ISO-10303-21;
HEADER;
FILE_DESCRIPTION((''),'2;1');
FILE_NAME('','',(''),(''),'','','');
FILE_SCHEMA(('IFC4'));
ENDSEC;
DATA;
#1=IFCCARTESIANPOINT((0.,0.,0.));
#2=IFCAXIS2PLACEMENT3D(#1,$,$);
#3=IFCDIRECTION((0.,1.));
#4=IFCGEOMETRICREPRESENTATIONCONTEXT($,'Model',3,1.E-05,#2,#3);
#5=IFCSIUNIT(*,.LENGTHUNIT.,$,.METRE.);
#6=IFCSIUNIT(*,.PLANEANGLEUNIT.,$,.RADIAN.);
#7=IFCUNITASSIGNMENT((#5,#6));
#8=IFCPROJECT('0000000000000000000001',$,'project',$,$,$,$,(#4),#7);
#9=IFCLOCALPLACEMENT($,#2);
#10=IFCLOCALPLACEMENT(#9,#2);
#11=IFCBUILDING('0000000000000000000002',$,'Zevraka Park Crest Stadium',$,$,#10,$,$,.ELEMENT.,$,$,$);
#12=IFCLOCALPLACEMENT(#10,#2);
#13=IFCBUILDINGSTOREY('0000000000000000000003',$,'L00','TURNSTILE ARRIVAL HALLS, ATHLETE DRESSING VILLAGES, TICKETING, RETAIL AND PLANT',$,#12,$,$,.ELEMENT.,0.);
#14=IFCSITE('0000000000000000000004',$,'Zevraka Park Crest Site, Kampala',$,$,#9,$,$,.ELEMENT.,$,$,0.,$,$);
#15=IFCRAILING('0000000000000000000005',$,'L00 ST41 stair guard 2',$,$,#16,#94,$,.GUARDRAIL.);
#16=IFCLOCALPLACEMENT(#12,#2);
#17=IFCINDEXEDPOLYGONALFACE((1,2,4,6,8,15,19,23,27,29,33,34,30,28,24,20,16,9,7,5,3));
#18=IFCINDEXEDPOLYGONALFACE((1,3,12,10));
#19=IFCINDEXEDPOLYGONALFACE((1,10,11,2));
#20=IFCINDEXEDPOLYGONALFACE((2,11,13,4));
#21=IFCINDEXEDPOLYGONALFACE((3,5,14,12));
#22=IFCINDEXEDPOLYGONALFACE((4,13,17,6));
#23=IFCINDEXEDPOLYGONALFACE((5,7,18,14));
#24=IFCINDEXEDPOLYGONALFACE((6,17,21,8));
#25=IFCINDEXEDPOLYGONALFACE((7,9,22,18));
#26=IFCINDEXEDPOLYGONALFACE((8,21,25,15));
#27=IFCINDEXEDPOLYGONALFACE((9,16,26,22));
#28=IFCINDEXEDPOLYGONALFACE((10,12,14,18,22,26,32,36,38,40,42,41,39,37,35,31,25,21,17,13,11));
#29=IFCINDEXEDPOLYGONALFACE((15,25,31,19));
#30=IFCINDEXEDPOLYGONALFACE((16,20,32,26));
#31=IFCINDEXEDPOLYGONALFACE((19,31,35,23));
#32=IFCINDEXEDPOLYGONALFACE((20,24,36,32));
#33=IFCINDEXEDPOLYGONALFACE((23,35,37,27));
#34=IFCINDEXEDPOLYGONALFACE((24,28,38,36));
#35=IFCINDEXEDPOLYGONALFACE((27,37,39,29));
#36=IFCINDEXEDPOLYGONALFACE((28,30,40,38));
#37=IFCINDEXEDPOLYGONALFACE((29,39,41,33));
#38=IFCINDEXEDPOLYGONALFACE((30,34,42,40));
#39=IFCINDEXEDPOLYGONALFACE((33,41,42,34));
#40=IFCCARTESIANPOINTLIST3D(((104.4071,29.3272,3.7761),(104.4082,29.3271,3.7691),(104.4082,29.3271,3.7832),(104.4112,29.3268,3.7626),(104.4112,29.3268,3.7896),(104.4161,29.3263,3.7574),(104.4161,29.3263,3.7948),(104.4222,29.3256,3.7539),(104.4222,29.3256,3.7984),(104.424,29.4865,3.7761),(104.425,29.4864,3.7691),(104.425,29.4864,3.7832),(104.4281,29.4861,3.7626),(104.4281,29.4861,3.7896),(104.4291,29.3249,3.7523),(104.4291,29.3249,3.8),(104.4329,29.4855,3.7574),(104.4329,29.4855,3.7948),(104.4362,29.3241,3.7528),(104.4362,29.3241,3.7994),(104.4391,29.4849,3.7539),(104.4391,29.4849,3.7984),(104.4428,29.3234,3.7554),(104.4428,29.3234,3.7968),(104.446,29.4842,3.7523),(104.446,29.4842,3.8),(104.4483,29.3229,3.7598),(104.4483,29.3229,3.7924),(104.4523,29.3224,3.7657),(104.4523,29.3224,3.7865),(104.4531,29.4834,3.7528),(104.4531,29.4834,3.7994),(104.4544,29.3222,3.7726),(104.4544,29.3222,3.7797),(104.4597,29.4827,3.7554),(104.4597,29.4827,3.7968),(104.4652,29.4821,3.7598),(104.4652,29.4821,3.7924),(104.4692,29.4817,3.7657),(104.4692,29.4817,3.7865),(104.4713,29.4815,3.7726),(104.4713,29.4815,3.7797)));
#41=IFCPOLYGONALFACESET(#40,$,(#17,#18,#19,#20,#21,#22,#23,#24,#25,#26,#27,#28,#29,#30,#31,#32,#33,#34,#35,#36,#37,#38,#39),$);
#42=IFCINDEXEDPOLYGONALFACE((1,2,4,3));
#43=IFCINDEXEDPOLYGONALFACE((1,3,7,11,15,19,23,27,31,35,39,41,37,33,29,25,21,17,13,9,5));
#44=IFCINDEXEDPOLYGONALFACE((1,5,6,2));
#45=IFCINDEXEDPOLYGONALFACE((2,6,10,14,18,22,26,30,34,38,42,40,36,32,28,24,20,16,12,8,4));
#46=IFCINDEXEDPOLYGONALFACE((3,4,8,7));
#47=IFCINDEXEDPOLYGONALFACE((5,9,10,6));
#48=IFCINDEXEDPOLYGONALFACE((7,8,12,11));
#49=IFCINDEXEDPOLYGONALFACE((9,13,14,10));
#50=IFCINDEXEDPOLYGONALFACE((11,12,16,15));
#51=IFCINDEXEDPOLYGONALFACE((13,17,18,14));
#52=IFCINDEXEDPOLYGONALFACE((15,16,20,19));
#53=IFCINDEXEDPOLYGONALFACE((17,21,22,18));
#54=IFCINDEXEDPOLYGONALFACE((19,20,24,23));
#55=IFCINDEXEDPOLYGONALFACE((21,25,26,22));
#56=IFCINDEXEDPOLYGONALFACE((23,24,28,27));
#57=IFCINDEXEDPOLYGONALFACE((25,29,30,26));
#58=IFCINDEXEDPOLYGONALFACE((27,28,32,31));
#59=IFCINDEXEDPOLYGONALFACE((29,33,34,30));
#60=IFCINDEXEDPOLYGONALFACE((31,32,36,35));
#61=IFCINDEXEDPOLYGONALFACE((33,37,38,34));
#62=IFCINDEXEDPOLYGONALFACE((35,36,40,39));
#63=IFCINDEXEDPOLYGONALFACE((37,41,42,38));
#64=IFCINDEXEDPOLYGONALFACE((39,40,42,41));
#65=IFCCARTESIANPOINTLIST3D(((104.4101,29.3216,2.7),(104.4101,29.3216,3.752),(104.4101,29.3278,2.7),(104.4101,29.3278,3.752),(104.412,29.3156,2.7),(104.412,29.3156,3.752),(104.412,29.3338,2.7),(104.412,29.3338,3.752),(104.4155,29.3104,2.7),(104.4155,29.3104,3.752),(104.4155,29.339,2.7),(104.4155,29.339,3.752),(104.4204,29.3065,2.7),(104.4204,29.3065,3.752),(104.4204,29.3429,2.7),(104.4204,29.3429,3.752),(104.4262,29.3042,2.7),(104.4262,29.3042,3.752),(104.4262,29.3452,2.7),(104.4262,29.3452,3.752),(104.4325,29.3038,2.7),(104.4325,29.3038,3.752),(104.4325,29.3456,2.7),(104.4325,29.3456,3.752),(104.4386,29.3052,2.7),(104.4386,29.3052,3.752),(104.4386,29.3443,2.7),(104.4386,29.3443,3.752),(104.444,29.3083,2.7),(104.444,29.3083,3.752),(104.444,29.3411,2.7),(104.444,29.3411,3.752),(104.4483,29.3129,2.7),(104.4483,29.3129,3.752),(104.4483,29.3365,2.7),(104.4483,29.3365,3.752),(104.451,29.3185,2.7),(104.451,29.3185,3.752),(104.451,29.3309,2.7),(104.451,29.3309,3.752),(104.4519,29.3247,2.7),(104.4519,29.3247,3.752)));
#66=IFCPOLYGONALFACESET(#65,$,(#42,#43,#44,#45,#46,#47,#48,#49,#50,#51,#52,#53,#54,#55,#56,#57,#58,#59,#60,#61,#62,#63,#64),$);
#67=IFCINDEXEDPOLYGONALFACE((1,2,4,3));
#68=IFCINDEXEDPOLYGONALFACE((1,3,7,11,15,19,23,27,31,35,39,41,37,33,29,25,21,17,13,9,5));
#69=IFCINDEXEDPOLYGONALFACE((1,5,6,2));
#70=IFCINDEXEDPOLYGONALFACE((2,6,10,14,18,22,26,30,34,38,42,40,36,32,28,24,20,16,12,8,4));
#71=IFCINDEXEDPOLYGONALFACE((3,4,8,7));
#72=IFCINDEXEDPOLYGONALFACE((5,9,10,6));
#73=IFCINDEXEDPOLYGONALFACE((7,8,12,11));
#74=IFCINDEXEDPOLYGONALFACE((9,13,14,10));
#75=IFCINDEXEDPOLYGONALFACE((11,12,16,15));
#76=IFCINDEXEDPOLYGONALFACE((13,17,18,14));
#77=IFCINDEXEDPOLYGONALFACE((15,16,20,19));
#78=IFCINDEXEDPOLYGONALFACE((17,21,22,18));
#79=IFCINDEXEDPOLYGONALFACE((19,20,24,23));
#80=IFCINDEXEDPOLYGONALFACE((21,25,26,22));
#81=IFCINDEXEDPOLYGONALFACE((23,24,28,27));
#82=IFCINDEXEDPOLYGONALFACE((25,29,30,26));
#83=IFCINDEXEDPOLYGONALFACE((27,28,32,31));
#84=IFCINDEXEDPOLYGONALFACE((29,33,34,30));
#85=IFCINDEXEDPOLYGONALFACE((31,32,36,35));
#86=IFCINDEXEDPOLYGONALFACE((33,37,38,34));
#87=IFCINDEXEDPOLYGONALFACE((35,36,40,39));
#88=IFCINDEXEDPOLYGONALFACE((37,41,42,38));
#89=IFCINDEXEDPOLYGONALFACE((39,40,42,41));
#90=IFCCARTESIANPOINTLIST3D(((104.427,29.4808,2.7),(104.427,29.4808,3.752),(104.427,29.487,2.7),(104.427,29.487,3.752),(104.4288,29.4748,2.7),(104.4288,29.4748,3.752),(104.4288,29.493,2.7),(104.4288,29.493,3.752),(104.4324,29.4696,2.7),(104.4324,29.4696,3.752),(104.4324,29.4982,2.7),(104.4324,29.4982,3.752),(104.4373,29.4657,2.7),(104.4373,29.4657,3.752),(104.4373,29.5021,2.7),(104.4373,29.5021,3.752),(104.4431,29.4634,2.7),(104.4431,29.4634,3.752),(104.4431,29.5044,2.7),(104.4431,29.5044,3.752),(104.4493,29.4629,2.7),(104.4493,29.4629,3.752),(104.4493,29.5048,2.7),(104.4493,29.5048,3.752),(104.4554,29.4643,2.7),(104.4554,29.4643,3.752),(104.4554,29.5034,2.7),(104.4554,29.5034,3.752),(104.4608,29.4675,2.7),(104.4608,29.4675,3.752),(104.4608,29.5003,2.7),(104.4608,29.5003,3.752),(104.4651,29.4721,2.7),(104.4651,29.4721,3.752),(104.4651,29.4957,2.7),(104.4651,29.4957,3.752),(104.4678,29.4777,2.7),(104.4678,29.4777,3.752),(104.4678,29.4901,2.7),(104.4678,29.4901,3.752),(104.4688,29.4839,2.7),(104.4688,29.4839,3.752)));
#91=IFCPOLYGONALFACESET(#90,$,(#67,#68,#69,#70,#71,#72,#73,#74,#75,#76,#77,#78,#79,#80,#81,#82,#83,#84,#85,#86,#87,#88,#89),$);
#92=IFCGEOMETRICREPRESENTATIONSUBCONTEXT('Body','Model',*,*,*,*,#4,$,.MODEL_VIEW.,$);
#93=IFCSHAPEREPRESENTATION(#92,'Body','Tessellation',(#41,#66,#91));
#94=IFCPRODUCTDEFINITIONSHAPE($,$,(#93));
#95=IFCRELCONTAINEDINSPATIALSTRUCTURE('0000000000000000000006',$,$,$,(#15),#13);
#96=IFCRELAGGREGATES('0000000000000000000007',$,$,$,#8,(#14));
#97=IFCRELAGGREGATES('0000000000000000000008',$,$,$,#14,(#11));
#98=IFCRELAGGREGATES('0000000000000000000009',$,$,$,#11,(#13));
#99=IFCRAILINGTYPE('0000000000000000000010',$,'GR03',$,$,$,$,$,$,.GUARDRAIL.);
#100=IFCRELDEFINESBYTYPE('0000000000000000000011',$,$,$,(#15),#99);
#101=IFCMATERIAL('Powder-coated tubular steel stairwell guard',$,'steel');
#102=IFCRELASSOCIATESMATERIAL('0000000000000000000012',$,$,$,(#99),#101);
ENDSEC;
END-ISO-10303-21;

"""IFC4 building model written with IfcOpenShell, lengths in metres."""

from ifc_helpers import new_model, si_unit, direction, frame, origin, origin_2d, place, context, subcontext, project, spatial, circle, extrude, material, type_object, element, save


model = new_model("IFC4")

# Units and contexts
model_context = context("Model", 3, precision=1e-05, world=origin(), true_north=direction((0.0, 1.0)))
body_context = subcontext(model_context, "Body", "Model", "MODEL_VIEW")
ifc_project = project(units=[si_unit("LENGTHUNIT", "METRE"), si_unit("PLANEANGLEUNIT", "RADIAN")], contexts=[model_context])

# Site, building, storey
site_placement = place(None, origin())
site = spatial("IfcSite", under=ifc_project, at=site_placement, Name="Zevraka Park Crest Site, Kampala", CompositionType="ELEMENT", RefElevation=0.0)
building_placement = place(site_placement, origin())
building = spatial("IfcBuilding", under=site, at=building_placement, Name="Zevraka Park Crest Stadium", CompositionType="ELEMENT")
storey_placement = place(building_placement, origin())
storey = spatial("IfcBuildingStorey", under=building, at=storey_placement, Name="L00", Description="TURNSTILE ARRIVAL HALLS, ATHLETE DRESSING VILLAGES, TICKETING, RETAIL AND PLANT", CompositionType="ELEMENT", Elevation=0.0)

# Railing
ifc_material_1 = material(Name="Powder-coated tubular steel stairwell guard", Category="steel")
railing_type_1 = type_object("IfcRailingType", Name="GR03", PredefinedType="GUARDRAIL", material=ifc_material_1)
railing_1_placement = place(storey_placement, frame((104.4309, 29.3247, 2.7)))
element("IfcRailing", 1, at=railing_1_placement, inside=storey, type_object=railing_type_1, Name="L00 ST41 stair guard 2", PredefinedType="GUARDRAIL", context=body_context, shape_type="SweptSolid", body=[
    extrude(circle(Radius=0.0239, at=origin_2d()), frame((0.0, 0.0, 1.0762), z_axis=(0.105241, 0.994447, 0.0), x_axis=(-0.994447, 0.105241, 0.0)), (0.0, 0.0, 1.0), 0.1602),
    extrude(circle(Radius=0.021, at=origin_2d()), origin(), (0.0, 0.0, 1.0), 1.052),
    extrude(circle(Radius=0.021, at=origin_2d()), frame((0.0168, 0.1592, 0.0)), (0.0, 0.0, 1.0), 1.052),
])

save(model, "model.ifc")
